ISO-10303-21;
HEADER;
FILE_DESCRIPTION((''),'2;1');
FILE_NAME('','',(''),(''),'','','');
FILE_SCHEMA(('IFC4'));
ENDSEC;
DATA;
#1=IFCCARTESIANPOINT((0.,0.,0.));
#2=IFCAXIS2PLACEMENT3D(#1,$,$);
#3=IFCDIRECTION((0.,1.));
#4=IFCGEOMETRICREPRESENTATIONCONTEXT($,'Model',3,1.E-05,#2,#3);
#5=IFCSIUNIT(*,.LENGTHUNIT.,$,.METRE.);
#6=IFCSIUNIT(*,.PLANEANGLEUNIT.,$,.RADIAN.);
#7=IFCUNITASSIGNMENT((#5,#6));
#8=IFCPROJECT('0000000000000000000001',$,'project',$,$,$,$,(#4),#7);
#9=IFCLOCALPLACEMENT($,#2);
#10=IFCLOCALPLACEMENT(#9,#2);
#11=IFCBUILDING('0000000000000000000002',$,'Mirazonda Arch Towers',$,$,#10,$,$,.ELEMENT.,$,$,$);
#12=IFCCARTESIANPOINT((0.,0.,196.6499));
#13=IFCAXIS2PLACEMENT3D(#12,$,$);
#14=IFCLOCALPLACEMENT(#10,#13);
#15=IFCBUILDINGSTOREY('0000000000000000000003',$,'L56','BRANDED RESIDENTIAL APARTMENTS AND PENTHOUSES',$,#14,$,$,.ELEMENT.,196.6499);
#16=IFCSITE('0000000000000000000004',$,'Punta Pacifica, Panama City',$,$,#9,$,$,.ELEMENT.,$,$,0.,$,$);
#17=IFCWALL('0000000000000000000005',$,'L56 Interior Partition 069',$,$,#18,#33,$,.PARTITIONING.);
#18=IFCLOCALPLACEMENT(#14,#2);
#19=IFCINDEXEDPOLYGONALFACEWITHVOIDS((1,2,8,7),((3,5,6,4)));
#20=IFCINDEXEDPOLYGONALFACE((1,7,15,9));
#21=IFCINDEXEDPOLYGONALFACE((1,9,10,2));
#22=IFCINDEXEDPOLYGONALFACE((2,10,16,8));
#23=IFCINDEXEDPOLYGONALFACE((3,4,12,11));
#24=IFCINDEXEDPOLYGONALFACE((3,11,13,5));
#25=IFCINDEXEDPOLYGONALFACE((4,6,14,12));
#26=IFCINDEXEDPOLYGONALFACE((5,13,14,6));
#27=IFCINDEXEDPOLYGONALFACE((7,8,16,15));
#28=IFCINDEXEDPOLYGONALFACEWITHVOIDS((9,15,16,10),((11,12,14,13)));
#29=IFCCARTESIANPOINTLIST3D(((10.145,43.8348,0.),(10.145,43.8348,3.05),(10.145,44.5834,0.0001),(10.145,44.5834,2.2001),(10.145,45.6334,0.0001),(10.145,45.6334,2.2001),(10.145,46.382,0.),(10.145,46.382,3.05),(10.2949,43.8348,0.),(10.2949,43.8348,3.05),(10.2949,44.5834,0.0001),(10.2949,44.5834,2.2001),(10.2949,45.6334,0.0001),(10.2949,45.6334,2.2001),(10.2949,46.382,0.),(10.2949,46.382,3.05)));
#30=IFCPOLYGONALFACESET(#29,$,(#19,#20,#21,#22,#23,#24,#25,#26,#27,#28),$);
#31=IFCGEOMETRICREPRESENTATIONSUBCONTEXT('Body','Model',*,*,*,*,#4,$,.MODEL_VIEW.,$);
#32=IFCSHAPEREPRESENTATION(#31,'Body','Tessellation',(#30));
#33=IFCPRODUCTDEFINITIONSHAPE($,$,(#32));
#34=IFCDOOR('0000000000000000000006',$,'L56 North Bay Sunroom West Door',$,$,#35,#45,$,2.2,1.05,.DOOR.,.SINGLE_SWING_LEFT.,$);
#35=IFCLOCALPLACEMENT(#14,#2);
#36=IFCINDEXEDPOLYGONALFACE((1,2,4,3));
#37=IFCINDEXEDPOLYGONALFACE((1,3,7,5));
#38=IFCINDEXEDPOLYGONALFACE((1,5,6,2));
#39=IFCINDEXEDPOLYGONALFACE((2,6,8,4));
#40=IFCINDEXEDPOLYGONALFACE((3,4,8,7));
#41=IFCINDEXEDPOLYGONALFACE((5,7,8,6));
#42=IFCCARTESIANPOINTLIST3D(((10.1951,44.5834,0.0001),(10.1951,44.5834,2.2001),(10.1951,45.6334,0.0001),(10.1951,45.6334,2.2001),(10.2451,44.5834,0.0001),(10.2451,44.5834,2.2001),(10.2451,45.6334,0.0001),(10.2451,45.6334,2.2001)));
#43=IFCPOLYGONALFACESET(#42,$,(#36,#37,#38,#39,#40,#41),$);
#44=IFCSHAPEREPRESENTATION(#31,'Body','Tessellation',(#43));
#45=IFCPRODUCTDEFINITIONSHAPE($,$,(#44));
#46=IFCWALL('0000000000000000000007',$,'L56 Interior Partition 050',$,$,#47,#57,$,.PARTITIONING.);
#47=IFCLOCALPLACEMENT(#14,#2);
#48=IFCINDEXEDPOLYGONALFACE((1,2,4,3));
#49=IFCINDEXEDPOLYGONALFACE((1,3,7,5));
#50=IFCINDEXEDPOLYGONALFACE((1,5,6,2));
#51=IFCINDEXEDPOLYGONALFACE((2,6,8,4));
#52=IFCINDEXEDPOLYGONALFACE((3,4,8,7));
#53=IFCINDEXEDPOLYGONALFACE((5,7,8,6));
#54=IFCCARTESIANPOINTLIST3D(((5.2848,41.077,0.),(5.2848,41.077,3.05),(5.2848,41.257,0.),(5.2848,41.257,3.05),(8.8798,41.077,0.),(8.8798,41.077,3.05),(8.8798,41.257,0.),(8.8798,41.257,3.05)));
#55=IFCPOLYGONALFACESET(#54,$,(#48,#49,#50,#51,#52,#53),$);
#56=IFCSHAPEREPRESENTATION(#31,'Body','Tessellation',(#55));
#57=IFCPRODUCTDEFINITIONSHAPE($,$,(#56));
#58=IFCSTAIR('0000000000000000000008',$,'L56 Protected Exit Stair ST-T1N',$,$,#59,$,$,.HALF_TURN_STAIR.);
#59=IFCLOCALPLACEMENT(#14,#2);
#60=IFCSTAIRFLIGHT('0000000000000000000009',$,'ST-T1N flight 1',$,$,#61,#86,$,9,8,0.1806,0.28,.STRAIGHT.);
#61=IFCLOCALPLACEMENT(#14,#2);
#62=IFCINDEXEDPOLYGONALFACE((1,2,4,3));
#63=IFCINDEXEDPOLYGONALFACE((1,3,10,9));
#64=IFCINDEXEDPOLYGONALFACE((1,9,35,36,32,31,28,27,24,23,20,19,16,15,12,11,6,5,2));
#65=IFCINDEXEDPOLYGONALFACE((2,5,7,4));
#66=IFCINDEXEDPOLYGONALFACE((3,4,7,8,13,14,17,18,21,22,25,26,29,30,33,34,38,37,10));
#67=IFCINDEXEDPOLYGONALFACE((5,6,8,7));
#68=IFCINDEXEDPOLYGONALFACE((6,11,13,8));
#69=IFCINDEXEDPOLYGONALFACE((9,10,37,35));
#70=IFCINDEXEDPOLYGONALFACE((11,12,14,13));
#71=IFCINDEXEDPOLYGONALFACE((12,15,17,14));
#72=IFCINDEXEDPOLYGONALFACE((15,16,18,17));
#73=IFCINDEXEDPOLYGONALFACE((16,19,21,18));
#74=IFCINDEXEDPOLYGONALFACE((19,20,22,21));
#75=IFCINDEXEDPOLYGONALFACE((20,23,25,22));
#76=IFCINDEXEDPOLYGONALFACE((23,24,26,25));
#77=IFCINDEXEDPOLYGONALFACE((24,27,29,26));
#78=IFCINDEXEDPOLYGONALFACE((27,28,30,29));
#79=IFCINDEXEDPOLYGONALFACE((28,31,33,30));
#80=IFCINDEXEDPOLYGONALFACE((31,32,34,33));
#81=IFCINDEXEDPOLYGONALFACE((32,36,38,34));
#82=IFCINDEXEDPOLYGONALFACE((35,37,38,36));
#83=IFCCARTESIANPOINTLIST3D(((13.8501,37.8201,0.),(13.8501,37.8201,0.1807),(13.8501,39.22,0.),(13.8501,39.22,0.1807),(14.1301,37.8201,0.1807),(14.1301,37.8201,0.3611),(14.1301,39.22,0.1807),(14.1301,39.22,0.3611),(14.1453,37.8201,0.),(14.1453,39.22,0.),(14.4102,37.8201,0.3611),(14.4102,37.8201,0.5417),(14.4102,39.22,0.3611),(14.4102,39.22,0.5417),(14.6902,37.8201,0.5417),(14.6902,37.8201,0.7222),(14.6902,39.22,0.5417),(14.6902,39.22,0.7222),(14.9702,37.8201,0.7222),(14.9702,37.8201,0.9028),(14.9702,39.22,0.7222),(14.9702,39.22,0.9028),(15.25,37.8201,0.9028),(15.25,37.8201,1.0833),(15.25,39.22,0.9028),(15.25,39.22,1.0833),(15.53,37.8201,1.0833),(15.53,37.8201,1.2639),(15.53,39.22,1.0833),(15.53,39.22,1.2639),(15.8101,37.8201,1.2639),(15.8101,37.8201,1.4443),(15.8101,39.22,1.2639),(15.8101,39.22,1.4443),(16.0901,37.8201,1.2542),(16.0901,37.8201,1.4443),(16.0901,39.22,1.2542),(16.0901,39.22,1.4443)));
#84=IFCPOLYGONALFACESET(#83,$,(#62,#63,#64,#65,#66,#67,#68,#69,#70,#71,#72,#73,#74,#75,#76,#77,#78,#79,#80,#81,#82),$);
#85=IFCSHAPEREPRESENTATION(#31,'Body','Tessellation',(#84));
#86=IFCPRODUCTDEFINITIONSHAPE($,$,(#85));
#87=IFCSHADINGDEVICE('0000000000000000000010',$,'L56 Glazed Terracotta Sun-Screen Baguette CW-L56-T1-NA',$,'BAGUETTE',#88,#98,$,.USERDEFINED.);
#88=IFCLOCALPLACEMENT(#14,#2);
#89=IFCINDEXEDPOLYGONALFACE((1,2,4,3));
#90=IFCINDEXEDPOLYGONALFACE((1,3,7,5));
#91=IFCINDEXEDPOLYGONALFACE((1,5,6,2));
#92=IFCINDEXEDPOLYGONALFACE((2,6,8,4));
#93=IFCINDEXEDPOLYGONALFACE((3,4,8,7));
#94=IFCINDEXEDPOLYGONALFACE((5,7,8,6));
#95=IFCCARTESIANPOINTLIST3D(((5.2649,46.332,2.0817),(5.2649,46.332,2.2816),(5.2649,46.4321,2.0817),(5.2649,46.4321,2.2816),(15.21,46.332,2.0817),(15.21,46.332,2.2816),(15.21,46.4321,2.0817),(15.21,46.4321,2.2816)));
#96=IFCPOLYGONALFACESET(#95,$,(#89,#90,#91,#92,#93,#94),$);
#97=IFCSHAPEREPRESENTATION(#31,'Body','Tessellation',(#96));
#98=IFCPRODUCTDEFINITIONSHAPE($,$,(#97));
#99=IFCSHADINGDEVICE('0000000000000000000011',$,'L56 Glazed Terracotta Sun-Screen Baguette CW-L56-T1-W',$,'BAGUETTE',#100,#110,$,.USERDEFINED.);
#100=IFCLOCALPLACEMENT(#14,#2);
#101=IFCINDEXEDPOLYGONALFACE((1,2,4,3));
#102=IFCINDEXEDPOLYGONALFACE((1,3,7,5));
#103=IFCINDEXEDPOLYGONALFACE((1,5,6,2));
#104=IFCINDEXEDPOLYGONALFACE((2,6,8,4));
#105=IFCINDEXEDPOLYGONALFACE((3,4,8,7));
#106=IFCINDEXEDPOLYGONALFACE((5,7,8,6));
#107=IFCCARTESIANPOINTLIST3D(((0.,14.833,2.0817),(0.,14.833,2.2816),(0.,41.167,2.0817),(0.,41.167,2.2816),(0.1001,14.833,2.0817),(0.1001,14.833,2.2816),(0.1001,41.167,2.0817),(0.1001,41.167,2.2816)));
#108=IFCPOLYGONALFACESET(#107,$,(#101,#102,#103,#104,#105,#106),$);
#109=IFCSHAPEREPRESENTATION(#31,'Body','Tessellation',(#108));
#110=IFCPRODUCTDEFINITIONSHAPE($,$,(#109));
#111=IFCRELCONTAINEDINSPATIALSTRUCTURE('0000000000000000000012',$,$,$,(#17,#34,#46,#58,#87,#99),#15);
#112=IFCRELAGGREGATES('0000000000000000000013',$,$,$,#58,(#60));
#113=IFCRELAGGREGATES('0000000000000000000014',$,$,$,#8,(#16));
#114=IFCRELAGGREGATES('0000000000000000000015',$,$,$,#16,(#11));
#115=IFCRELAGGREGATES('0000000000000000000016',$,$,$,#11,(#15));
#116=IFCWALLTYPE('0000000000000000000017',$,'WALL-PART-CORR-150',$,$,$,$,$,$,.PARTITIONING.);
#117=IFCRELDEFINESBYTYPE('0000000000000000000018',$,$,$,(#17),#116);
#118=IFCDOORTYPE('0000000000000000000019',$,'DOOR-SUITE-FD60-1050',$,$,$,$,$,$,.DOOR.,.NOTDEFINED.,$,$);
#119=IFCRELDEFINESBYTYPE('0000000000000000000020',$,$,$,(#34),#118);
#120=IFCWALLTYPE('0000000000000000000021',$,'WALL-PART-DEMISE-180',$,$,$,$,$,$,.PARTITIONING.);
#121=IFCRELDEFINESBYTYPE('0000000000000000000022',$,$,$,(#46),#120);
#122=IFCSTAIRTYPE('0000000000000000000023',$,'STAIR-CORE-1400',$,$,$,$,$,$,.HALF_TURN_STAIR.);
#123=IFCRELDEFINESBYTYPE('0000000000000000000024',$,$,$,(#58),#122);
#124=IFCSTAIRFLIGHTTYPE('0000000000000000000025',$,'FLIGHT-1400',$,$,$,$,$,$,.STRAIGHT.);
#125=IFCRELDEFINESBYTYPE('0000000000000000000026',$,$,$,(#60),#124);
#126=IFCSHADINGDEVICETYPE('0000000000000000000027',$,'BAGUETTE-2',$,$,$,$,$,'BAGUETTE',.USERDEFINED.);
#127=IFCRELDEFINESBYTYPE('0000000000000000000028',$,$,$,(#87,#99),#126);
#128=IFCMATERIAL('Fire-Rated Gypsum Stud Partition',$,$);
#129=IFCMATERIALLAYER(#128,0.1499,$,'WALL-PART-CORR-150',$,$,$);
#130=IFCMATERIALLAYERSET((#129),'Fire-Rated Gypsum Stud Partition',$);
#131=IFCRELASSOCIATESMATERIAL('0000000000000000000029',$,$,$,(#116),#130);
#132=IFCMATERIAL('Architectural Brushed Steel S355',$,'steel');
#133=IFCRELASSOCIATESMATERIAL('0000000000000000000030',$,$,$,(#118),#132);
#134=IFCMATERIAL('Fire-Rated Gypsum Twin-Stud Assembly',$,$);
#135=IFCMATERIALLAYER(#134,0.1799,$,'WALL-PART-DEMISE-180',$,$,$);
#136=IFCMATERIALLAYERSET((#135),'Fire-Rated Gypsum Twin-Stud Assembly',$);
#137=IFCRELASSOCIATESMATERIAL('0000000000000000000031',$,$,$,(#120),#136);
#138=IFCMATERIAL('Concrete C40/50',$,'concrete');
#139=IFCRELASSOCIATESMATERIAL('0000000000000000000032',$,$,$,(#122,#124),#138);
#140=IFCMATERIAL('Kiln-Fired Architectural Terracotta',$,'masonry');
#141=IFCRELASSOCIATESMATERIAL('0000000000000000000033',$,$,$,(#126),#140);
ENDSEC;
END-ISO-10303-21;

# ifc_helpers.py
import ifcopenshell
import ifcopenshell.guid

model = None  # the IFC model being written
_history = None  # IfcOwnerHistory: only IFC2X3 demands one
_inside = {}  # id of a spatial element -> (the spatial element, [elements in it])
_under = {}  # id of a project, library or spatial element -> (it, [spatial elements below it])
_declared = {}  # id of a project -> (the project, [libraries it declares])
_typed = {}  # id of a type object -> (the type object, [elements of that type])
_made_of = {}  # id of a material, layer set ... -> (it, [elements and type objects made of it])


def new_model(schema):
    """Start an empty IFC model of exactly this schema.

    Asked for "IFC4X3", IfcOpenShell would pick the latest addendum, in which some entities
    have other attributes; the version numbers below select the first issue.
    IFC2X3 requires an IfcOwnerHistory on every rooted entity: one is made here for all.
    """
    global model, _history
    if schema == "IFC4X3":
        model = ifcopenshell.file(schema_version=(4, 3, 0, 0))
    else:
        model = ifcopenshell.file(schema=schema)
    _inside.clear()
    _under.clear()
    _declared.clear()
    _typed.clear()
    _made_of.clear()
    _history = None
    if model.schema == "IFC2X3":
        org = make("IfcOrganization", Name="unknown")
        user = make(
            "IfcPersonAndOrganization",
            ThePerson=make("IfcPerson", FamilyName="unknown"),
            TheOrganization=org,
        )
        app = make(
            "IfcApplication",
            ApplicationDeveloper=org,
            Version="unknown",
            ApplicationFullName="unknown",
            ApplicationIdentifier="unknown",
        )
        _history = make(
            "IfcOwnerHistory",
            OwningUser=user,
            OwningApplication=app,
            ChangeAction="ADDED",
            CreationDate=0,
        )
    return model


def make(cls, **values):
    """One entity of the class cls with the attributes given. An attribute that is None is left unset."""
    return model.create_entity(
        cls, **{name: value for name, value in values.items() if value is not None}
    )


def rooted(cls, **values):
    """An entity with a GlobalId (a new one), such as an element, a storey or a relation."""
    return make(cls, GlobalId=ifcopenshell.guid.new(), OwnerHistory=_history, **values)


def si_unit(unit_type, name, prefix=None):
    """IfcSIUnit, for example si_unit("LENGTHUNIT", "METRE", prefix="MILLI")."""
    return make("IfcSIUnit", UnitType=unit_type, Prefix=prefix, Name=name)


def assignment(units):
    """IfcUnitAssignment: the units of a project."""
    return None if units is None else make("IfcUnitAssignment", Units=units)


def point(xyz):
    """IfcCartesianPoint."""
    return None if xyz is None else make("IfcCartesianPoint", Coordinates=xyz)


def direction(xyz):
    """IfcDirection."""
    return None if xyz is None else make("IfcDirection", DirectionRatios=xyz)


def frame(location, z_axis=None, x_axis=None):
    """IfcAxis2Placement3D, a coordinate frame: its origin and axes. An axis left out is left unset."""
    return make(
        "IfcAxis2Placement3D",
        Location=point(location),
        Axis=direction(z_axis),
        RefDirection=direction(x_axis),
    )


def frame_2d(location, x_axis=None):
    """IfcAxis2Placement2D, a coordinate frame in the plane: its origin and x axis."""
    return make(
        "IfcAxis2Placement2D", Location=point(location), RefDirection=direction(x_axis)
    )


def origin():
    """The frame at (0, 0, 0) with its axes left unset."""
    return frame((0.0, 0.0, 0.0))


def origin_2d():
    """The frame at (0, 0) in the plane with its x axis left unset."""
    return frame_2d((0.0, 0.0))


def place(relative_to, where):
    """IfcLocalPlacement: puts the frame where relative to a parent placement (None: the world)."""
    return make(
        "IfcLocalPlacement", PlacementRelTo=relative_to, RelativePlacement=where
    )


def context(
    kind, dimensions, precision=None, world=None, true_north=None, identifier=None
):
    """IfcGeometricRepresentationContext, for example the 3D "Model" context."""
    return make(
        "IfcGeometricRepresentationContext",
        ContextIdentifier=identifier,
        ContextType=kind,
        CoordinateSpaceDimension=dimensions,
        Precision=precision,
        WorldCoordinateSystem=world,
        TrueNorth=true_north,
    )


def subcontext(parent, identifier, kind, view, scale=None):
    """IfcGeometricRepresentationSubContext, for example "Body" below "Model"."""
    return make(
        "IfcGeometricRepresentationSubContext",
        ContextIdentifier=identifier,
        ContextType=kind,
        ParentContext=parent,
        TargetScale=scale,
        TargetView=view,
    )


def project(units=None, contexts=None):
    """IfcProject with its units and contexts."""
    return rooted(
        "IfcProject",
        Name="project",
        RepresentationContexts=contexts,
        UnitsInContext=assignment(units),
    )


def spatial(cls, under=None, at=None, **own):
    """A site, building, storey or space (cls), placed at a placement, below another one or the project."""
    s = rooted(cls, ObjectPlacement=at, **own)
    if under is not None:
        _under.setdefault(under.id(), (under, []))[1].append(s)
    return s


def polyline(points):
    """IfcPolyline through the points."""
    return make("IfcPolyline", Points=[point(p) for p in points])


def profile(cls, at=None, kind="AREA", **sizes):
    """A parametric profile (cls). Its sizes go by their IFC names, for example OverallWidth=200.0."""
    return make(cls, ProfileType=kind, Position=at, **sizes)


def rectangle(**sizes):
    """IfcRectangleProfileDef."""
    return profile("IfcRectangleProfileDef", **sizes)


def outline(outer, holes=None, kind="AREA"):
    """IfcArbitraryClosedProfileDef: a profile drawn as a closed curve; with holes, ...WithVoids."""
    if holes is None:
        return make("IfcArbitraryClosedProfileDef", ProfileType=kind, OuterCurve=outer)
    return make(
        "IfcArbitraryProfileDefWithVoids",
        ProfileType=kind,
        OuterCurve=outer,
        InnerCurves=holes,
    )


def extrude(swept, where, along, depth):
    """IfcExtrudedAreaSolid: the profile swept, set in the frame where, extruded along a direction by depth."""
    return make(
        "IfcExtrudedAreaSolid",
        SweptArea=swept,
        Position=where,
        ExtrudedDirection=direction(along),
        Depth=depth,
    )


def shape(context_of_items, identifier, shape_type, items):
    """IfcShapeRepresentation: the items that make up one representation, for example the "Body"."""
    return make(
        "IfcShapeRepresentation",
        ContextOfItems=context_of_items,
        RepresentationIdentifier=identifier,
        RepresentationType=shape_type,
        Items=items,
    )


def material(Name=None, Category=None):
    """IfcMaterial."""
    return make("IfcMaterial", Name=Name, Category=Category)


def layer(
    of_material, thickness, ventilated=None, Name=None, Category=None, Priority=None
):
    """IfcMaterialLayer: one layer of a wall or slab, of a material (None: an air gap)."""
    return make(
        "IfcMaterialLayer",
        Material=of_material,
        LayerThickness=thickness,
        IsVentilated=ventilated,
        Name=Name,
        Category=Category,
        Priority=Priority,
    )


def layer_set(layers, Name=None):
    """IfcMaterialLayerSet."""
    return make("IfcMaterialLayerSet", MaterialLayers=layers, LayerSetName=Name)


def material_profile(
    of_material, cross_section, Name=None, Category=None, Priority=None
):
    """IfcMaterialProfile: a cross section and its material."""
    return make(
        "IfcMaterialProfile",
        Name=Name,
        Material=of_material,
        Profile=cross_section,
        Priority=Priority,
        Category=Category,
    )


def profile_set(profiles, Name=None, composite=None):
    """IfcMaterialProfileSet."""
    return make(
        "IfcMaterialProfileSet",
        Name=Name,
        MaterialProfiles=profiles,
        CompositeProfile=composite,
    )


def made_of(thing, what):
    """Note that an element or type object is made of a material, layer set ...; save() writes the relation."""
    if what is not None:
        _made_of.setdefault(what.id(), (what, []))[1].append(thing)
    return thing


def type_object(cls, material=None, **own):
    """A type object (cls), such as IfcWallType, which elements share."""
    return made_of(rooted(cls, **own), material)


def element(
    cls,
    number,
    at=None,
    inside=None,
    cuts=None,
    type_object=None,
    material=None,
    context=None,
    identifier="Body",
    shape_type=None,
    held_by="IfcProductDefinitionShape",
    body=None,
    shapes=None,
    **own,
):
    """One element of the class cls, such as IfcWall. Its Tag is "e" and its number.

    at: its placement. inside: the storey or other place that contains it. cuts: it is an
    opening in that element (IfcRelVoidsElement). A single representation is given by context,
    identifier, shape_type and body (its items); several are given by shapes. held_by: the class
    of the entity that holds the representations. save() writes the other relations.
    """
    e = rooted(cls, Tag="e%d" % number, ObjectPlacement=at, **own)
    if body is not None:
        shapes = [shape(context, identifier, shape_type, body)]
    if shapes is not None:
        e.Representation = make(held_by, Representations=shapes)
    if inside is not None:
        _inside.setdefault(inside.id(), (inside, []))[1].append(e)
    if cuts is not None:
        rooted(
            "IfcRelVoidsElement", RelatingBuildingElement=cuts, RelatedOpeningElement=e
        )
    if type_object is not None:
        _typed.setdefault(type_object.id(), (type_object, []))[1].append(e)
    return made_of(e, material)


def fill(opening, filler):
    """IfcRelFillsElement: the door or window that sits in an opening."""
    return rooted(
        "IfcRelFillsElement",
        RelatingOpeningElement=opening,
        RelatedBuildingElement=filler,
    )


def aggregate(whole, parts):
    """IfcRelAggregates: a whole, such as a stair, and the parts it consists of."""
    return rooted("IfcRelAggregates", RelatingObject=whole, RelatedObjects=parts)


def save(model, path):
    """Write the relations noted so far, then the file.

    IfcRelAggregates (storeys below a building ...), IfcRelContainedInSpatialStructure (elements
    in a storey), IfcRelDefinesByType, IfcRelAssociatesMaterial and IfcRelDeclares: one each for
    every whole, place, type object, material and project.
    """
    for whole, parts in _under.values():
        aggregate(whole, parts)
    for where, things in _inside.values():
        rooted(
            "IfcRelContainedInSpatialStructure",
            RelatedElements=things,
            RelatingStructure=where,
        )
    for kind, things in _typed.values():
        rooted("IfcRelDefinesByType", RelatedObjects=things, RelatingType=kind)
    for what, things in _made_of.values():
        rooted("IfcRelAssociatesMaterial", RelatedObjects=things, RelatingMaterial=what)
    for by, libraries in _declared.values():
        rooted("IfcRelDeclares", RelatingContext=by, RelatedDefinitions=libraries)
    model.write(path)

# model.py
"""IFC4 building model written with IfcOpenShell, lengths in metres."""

from ifc_helpers import new_model, si_unit, direction, frame, frame_2d, origin, origin_2d, place, context, subcontext, project, spatial, polyline, rectangle, outline, extrude, material, layer, layer_set, material_profile, profile_set, type_object, element, fill, aggregate, save


model = new_model("IFC4")

# Units and contexts
model_context = context("Model", 3, precision=1e-05, world=origin(), true_north=direction((0.0, 1.0)))
body_context = subcontext(model_context, "Body", "Model", "MODEL_VIEW")
ifc_project = project(units=[si_unit("LENGTHUNIT", "METRE"), si_unit("PLANEANGLEUNIT", "RADIAN")], contexts=[model_context])

# Site, building, storey
site_placement = place(None, origin())
site = spatial("IfcSite", under=ifc_project, at=site_placement, Name="Punta Pacifica, Panama City", CompositionType="ELEMENT", RefElevation=0.0)
building_placement = place(site_placement, origin())
building = spatial("IfcBuilding", under=site, at=building_placement, Name="Mirazonda Arch Towers", CompositionType="ELEMENT")
storey_placement = place(building_placement, frame((0.0, 0.0, 196.6499)))
storey = spatial("IfcBuildingStorey", under=building, at=storey_placement, Name="L56", Description="BRANDED RESIDENTIAL APARTMENTS AND PENTHOUSES", CompositionType="ELEMENT", Elevation=196.6499)

# Shared definitions
ifc_material_1 = material(Name="Fire-Rated Gypsum Stud Partition")
ifc_layer_1 = layer(ifc_material_1, 0.1499, Name="WALL-PART-CORR-150")
ifc_layer_set_1 = layer_set([ifc_layer_1], Name="Fire-Rated Gypsum Stud Partition")
wall_type_1 = type_object("IfcWallType", Name="WALL-PART-CORR-150", PredefinedType="PARTITIONING", material=ifc_layer_set_1)

# Wall, opening, door
wall_1_placement = place(storey_placement, frame((10.22, 43.835, 0.0), z_axis=(0.0, 0.0, 1.0), x_axis=(0.0, 1.0, 0.0)))
wall_1 = element("IfcWall", 1, at=wall_1_placement, inside=storey, type_object=wall_type_1, Name="L56 Interior Partition 069", PredefinedType="PARTITIONING", context=body_context, shape_type="SweptSolid", body=[
    extrude(rectangle(XDim=2.5471, YDim=0.1499, at=frame_2d((1.2734, 0.0))), origin(), (0.0, 0.0, 1.0), 3.05),
])
opening_1_placement = place(wall_1_placement, frame((0.7485, 0.0, 0.0)))
opening_1 = element("IfcOpeningElement", 2, at=opening_1_placement, cuts=wall_1, PredefinedType="OPENING", context=body_context, shape_type="SweptSolid", body=[
    extrude(rectangle(XDim=1.05, YDim=2.2, at=frame_2d((0.5249, 1.1001))), frame((0.0, 0.085, 0.0), z_axis=(0.0, -1.0, 0.0), x_axis=(1.0, 0.0, 0.0)), (0.0, 0.0, 1.0), 0.1699),
])
ifc_material_2 = material(Name="Architectural Brushed Steel S355", Category="steel")
door_type_1 = type_object("IfcDoorType", Name="DOOR-SUITE-FD60-1050", OperationType="NOTDEFINED", PredefinedType="DOOR", material=ifc_material_2)
door_1_placement = place(opening_1_placement, origin())
door_1 = element("IfcDoor", 3, at=door_1_placement, inside=storey, type_object=door_type_1, Name="L56 North Bay Sunroom West Door", OperationType="SINGLE_SWING_LEFT", OverallHeight=2.2, OverallWidth=1.05, PredefinedType="DOOR", context=body_context, shape_type="SweptSolid", body=[
    extrude(rectangle(XDim=1.05, YDim=2.2, at=frame_2d((0.5249, 1.1001))), frame((0.0, 0.0249, 0.0), z_axis=(0.0, -1.0, 0.0), x_axis=(1.0, 0.0, 0.0)), (0.0, 0.0, 1.0), 0.05),
])
fill(opening_1, door_1)

# Wall
ifc_material_3 = material(Name="Fire-Rated Gypsum Twin-Stud Assembly")
ifc_layer_2 = layer(ifc_material_3, 0.1799, Name="WALL-PART-DEMISE-180")
ifc_layer_set_2 = layer_set([ifc_layer_2], Name="Fire-Rated Gypsum Twin-Stud Assembly")
wall_type_2 = type_object("IfcWallType", Name="WALL-PART-DEMISE-180", PredefinedType="PARTITIONING", material=ifc_layer_set_2)
wall_2_placement = place(storey_placement, frame((5.2849, 41.167, 0.0), z_axis=(0.0, 0.0, 1.0), x_axis=(1.0, 0.0, 0.0)))
element("IfcWall", 4, at=wall_2_placement, inside=storey, type_object=wall_type_2, Name="L56 Interior Partition 050", PredefinedType="PARTITIONING", context=body_context, shape_type="SweptSolid", body=[
    extrude(rectangle(XDim=3.595, YDim=0.1799, at=frame_2d((1.7974, 0.0))), origin(), (0.0, 0.0, 1.0), 3.05),
])

# Stair, stair flight
ifc_material_4 = material(Name="Concrete C40/50", Category="concrete")
stair_type = type_object("IfcStairType", Name="STAIR-CORE-1400", PredefinedType="HALF_TURN_STAIR", material=ifc_material_4)
stair_placement = place(storey_placement, origin())
stair = element("IfcStair", 5, at=stair_placement, inside=storey, type_object=stair_type, Name="L56 Protected Exit Stair ST-T1N", PredefinedType="HALF_TURN_STAIR")
stair_flight_type = type_object("IfcStairFlightType", Name="FLIGHT-1400", PredefinedType="STRAIGHT", material=ifc_material_4)
stair_flight_placement = place(storey_placement, frame((13.8501, 38.52, 0.0), z_axis=(0.0, 0.0, 1.0), x_axis=(1.0, 0.0, 0.0)))
stair_flight = element("IfcStairFlight", 6, at=stair_flight_placement, type_object=stair_flight_type, Name="ST-T1N flight 1", NumberOfRisers=9, NumberOfTreads=8, PredefinedType="STRAIGHT", RiserHeight=0.1806, TreadLength=0.28, context=body_context, shape_type="SweptSolid", body=[
    extrude(outline(polyline([(0.0, 0.0), (0.0, 0.1807), (0.28, 0.1807), (0.28, 0.3611), (0.5601, 0.3611), (0.5601, 0.5417), (0.8401, 0.5417), (0.8401, 0.7222), (1.1201, 0.7222), (1.1201, 0.9028), (1.3999, 0.9028), (1.3999, 1.0833), (1.6799, 1.0833), (1.6799, 1.2639), (1.96, 1.2639), (1.96, 1.4443), (2.24, 1.4443), (2.24, 1.625), (2.24, 1.2542), (0.2952, 0.0), (0.0, 0.0)])), frame((0.0, 0.7, 0.0), z_axis=(0.0, -1.0, 0.0), x_axis=(1.0, 0.0, 0.0)), (0.0, 0.0, 1.0), 1.3999),
])
aggregate(stair, [stair_flight])

# Shading devices
ifc_material_5 = material(Name="Kiln-Fired Architectural Terracotta", Category="masonry")
ifc_material_profile_1 = material_profile(ifc_material_5, rectangle(XDim=0.1001, YDim=0.2, at=origin_2d()), Name="TERRA-BAG-100x200")
ifc_profile_set_1 = profile_set([ifc_material_profile_1], Name="Kiln-Fired Architectural Terracotta")
shading_device_type = type_object("IfcShadingDeviceType", Name="BAGUETTE-2", ElementType="BAGUETTE", PredefinedType="USERDEFINED", material=ifc_profile_set_1)
shading_device_1_placement = place(storey_placement, frame((5.2649, 46.3821, 2.1816), z_axis=(1.0, 0.0, 0.0), x_axis=(0.0, 1.0, 0.0)))
element("IfcShadingDevice", 7, at=shading_device_1_placement, inside=storey, type_object=shading_device_type, Name="L56 Glazed Terracotta Sun-Screen Baguette CW-L56-T1-NA", ObjectType="BAGUETTE", PredefinedType="USERDEFINED", context=body_context, shape_type="SweptSolid", body=[
    extrude(rectangle(XDim=0.1001, YDim=0.2, at=origin_2d()), origin(), (0.0, 0.0, 1.0), 9.9451),
])
shading_device_2_placement = place(storey_placement, frame((0.05, 41.167, 2.1816), z_axis=(0.0, -1.0, 0.0), x_axis=(1.0, 0.0, 0.0)))
element("IfcShadingDevice", 8, at=shading_device_2_placement, inside=storey, type_object=shading_device_type, Name="L56 Glazed Terracotta Sun-Screen Baguette CW-L56-T1-W", ObjectType="BAGUETTE", PredefinedType="USERDEFINED", context=body_context, shape_type="SweptSolid", body=[
    extrude(rectangle(XDim=0.1001, YDim=0.2, at=origin_2d()), origin(), (0.0, 0.0, 1.0), 26.334),
])

save(model, "model.ifc")
